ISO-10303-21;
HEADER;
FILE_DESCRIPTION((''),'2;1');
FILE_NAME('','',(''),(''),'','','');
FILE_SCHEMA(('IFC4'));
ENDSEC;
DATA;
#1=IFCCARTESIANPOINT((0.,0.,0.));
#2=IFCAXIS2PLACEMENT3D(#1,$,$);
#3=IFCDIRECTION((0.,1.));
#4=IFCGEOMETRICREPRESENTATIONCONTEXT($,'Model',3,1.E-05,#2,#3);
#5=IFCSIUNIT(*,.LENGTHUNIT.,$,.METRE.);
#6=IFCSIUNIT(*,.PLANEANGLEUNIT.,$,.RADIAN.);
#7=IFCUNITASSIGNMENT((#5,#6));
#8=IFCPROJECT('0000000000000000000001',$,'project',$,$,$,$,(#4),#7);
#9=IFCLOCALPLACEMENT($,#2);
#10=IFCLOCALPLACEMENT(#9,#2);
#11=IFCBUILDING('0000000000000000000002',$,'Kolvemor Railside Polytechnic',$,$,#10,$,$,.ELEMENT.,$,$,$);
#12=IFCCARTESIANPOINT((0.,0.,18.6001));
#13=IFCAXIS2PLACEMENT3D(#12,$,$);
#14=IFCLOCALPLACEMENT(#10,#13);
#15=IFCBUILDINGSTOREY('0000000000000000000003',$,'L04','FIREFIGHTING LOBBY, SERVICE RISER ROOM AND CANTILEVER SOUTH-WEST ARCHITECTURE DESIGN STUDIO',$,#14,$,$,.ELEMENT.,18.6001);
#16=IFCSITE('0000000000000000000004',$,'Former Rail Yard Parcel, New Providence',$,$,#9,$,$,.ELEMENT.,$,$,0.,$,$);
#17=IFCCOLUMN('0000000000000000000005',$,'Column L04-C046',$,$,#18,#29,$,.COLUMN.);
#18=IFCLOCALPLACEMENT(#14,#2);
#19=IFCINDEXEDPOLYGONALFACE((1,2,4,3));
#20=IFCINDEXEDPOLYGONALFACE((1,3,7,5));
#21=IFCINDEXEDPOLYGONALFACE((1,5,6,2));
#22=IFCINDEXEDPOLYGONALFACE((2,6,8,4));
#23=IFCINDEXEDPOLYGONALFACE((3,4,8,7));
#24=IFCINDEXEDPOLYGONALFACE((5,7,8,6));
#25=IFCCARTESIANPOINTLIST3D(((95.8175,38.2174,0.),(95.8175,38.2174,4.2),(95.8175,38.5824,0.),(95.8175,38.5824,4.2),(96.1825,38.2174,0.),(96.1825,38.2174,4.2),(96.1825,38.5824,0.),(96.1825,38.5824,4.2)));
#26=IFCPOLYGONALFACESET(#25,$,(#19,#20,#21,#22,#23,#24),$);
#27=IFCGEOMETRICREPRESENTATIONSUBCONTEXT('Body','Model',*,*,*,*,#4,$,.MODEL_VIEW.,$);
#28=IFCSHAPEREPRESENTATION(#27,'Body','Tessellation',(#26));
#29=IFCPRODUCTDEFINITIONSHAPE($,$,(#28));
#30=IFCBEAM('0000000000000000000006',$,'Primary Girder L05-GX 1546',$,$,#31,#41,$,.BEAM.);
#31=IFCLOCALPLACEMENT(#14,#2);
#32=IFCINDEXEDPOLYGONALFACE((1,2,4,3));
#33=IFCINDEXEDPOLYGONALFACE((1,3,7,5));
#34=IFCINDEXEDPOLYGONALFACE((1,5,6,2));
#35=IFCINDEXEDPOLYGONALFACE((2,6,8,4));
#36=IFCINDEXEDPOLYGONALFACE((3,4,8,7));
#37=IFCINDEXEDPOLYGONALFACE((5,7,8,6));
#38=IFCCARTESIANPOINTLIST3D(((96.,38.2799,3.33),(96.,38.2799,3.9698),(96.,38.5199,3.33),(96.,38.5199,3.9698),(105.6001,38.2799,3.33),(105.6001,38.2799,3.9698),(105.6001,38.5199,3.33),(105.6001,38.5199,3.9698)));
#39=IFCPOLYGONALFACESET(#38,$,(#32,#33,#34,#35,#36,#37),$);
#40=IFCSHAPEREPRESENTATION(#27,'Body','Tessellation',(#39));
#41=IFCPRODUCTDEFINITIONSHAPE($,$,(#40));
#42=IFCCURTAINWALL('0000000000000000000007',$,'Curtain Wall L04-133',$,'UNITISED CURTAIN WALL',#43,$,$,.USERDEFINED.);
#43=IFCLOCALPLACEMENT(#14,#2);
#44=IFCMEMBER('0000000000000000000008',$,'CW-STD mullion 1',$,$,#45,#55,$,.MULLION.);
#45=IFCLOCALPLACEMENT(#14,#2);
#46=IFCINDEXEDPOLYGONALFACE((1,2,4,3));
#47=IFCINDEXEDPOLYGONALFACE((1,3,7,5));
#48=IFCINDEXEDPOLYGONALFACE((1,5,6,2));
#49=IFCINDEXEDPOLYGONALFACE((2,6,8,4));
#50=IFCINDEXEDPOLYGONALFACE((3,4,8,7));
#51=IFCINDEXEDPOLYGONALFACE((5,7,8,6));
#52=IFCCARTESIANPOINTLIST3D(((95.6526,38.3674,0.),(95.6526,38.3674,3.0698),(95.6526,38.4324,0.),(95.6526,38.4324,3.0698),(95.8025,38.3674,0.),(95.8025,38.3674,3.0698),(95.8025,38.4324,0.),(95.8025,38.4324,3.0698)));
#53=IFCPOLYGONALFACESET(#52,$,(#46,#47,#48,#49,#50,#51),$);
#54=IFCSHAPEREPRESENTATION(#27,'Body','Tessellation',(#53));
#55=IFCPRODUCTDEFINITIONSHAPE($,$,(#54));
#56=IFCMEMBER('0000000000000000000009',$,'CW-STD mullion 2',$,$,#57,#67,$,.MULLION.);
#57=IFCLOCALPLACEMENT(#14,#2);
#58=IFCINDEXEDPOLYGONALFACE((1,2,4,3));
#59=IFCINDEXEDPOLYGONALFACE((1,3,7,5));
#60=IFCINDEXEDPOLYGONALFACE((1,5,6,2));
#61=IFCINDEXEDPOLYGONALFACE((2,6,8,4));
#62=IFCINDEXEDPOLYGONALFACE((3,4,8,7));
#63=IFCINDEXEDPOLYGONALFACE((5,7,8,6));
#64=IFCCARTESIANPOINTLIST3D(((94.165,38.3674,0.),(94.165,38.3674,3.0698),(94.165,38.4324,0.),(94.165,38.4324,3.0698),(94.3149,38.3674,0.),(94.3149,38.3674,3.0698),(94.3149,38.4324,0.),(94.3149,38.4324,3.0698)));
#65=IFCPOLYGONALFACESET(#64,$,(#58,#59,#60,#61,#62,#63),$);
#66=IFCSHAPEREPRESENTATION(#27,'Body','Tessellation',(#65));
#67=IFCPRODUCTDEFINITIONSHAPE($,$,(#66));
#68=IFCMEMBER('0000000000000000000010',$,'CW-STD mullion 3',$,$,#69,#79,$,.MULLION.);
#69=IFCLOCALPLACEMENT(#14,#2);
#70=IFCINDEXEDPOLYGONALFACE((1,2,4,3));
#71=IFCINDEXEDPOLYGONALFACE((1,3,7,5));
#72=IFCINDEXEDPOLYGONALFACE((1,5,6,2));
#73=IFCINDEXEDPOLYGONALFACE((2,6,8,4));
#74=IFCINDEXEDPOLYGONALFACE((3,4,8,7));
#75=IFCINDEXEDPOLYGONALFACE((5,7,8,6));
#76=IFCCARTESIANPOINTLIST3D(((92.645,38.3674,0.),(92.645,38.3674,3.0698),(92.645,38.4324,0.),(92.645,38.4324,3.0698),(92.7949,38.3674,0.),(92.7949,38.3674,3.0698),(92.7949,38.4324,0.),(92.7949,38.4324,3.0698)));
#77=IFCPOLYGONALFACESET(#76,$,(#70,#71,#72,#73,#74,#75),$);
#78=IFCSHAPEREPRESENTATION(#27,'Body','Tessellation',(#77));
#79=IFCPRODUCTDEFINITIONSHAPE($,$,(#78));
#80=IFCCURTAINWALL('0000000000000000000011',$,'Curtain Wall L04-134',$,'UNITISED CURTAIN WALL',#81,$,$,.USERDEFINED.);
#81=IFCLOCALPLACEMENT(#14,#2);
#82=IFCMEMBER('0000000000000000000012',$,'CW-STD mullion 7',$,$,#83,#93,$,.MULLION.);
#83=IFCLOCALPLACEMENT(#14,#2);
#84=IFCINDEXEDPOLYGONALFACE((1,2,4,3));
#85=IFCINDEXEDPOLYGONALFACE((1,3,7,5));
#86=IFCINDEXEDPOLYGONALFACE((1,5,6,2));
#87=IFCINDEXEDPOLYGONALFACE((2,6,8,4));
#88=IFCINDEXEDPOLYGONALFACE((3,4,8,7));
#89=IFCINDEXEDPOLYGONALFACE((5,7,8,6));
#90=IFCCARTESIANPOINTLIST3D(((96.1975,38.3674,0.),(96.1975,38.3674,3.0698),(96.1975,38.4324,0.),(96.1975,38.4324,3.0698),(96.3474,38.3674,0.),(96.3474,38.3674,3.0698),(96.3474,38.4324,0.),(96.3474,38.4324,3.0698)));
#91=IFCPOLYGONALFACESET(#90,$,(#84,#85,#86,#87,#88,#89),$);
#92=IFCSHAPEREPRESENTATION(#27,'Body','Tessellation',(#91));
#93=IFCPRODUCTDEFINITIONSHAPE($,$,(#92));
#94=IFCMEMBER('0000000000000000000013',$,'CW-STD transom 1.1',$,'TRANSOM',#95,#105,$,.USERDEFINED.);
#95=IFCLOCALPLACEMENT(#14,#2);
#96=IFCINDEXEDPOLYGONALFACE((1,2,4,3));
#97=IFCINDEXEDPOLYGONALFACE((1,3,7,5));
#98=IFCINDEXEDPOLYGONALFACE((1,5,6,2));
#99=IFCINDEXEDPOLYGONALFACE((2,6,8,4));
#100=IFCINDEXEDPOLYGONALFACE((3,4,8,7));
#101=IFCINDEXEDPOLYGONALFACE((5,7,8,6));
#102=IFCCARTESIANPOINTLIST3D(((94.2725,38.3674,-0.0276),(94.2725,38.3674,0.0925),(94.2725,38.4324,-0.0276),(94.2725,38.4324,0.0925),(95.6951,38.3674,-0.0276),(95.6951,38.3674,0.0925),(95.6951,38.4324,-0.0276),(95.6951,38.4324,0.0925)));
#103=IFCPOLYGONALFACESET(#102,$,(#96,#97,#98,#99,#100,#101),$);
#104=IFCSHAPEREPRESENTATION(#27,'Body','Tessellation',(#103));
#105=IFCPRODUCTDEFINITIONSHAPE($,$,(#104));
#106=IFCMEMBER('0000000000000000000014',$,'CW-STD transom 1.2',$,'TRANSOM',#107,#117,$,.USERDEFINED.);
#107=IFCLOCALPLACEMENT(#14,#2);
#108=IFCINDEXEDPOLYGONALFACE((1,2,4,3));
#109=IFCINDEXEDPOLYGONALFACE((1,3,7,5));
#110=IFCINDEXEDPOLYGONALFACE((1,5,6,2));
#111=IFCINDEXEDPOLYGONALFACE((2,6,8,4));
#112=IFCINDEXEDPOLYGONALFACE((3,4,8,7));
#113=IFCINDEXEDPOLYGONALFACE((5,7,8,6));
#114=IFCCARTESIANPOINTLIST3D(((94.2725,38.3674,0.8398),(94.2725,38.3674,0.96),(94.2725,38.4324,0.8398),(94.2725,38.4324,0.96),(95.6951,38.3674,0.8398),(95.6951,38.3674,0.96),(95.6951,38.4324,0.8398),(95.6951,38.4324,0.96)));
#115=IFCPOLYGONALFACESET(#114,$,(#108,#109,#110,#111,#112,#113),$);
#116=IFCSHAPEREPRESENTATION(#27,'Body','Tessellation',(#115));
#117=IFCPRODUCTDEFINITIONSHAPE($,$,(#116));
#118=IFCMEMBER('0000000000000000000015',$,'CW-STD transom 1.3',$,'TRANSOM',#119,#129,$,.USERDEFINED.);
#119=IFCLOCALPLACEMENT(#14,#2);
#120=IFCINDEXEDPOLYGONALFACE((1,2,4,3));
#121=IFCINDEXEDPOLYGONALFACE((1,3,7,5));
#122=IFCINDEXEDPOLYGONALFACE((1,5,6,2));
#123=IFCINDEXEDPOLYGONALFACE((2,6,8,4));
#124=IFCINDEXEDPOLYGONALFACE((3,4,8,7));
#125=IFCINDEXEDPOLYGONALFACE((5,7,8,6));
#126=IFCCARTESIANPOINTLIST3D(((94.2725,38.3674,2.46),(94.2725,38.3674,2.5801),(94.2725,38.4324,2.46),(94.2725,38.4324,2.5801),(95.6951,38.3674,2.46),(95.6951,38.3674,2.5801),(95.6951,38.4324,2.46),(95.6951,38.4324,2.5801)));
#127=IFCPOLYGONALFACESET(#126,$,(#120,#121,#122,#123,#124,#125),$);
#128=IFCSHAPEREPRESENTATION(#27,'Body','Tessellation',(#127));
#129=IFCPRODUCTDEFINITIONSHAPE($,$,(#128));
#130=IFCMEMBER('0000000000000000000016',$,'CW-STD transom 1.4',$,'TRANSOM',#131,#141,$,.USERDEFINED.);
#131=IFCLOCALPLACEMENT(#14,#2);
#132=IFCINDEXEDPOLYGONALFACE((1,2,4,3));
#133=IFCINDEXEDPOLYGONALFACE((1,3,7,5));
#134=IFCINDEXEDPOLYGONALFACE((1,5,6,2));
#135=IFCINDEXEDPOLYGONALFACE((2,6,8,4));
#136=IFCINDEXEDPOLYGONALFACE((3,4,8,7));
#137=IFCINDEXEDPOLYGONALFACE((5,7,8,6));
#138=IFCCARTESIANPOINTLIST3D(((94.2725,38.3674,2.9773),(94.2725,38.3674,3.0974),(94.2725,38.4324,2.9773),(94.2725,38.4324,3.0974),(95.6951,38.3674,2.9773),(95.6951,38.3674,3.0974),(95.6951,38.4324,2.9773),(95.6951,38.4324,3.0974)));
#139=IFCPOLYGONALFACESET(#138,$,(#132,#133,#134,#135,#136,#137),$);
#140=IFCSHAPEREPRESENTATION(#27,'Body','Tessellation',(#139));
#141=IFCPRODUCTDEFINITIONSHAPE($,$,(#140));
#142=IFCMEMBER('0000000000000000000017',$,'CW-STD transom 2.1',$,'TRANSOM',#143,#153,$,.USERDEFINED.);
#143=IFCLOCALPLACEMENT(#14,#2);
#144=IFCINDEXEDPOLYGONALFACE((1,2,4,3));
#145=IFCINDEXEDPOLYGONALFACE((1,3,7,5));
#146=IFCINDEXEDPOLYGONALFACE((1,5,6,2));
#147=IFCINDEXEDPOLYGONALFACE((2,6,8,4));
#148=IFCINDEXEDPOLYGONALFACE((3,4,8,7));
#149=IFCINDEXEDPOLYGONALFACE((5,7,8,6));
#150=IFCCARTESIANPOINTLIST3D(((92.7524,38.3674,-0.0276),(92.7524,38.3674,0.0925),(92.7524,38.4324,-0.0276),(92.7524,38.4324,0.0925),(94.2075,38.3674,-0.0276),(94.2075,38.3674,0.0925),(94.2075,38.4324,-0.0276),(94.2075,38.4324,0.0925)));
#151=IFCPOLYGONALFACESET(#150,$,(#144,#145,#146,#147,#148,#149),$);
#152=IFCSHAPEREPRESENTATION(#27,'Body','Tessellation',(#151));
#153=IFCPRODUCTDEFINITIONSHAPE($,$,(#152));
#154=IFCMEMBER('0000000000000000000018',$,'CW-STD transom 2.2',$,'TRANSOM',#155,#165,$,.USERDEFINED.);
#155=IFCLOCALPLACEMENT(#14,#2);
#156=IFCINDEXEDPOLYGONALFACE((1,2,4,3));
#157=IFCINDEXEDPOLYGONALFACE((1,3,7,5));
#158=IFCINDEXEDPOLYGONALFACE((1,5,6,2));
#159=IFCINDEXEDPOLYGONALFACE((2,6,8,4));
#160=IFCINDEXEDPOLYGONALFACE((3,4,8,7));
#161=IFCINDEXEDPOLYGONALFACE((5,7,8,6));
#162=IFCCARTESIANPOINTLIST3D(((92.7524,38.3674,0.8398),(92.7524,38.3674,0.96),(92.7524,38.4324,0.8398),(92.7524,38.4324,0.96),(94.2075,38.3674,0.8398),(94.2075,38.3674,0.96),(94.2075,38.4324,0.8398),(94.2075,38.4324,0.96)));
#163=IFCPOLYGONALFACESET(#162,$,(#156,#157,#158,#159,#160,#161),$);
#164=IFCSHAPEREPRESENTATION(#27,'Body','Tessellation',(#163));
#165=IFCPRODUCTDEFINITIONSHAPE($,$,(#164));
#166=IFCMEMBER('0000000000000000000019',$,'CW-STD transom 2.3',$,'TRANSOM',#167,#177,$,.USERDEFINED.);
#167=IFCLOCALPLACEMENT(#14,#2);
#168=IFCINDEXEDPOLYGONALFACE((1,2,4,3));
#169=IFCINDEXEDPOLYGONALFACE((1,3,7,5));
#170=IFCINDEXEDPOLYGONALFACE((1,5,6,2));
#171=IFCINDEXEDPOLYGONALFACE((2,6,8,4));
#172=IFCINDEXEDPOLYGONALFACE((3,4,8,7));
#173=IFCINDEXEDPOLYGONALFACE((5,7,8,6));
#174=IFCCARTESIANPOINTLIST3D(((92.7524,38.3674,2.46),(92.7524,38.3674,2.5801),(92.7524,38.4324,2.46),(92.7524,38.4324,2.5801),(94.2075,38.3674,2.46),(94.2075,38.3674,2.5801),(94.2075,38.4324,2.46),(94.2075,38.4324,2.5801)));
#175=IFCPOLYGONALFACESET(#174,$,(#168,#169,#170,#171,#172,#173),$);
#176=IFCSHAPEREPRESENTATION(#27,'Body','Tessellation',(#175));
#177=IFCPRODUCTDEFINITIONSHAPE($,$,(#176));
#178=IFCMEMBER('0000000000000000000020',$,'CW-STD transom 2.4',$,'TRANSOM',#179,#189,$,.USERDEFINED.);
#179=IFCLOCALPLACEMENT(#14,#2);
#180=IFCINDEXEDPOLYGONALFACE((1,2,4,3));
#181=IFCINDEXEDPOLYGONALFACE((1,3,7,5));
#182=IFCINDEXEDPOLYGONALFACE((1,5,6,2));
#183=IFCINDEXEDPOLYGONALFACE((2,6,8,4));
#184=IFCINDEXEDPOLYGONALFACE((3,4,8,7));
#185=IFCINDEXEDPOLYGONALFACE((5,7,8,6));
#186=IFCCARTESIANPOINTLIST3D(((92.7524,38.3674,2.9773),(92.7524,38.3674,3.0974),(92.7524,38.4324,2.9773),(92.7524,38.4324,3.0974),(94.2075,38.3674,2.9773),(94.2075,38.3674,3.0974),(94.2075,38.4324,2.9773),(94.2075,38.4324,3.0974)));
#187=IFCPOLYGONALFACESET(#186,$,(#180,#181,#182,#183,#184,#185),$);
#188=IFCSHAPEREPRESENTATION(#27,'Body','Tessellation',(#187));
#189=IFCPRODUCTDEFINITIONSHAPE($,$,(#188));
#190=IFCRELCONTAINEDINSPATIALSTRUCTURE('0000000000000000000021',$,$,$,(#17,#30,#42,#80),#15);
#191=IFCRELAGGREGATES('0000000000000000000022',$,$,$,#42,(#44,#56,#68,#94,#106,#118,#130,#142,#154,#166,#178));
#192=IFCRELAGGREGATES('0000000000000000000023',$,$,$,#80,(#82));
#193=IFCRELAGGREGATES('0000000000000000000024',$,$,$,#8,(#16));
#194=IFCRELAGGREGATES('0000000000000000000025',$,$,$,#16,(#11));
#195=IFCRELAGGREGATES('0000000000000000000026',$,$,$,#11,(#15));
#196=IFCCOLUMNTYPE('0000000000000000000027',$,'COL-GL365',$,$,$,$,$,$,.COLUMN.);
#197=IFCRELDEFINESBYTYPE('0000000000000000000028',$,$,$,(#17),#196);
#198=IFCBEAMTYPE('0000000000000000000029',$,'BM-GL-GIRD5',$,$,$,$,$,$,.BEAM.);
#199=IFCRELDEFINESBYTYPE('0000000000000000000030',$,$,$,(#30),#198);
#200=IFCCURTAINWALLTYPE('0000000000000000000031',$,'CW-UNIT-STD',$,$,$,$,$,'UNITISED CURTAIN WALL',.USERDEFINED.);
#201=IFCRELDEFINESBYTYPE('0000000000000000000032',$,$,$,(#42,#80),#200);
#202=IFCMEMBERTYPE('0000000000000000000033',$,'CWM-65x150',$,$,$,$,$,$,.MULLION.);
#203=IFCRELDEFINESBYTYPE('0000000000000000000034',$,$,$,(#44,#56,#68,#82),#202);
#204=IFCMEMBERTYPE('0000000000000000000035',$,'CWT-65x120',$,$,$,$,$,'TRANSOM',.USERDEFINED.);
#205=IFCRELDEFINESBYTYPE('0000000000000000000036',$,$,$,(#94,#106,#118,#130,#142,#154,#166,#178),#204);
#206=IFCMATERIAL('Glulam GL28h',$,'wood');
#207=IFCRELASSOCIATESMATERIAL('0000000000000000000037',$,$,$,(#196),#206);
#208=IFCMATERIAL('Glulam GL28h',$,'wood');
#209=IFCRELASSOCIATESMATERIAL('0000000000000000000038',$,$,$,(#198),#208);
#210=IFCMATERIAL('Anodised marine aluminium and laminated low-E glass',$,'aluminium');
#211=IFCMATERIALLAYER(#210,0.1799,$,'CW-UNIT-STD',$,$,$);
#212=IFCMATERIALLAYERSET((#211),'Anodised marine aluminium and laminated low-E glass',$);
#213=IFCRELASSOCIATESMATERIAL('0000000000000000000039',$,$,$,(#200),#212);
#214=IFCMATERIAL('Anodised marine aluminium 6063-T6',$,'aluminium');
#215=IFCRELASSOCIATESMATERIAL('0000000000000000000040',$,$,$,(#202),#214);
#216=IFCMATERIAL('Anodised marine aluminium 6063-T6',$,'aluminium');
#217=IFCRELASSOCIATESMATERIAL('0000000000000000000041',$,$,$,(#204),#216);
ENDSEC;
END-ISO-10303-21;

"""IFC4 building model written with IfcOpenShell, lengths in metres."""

from ifc_helpers import new_model, si_unit, direction, frame, origin, origin_2d, place, context, subcontext, project, spatial, rectangle, extrude, material, layer, layer_set, material_profile, profile_set, type_object, element, aggregate, save


model = new_model("IFC4")

# Units and contexts
model_context = context("Model", 3, precision=1e-05, world=origin(), true_north=direction((0.0, 1.0)))
body_context = subcontext(model_context, "Body", "Model", "MODEL_VIEW")
ifc_project = project(units=[si_unit("LENGTHUNIT", "METRE"), si_unit("PLANEANGLEUNIT", "RADIAN")], contexts=[model_context])

# Site, building, storey
site_placement = place(None, origin())
site = spatial("IfcSite", under=ifc_project, at=site_placement, Name="Former Rail Yard Parcel, New Providence", CompositionType="ELEMENT", RefElevation=0.0)
building_placement = place(site_placement, origin())
building = spatial("IfcBuilding", under=site, at=building_placement, Name="Kolvemor Railside Polytechnic", CompositionType="ELEMENT")
storey_placement = place(building_placement, frame((0.0, 0.0, 18.6001)))
storey = spatial("IfcBuildingStorey", under=building, at=storey_placement, Name="L04", Description="FIREFIGHTING LOBBY, SERVICE RISER ROOM AND CANTILEVER SOUTH-WEST ARCHITECTURE DESIGN STUDIO", CompositionType="ELEMENT", Elevation=18.6001)

# Column
ifc_material_1 = material(Name="Glulam GL28h", Category="wood")
ifc_material_profile_1 = material_profile(ifc_material_1, rectangle(XDim=0.365, YDim=0.365, at=origin_2d()), Name="GL365x365")
ifc_profile_set_1 = profile_set([ifc_material_profile_1], Name="Glulam GL28h")
column_type = type_object("IfcColumnType", Name="COL-GL365", PredefinedType="COLUMN", material=ifc_profile_set_1)
column_placement = place(storey_placement, frame((96.0, 38.3999, 0.0), z_axis=(0.0, 0.0, 1.0), x_axis=(1.0, 0.0, 0.0)))
element("IfcColumn", 1, at=column_placement, inside=storey, type_object=column_type, Name="Column L04-C046", PredefinedType="COLUMN", context=body_context, shape_type="SweptSolid", body=[
    extrude(rectangle(XDim=0.365, YDim=0.365, at=origin_2d()), origin(), (0.0, 0.0, 1.0), 4.2),
])

# Beam
ifc_material_2 = material(Name="Glulam GL28h", Category="wood")
ifc_material_profile_2 = material_profile(ifc_material_2, rectangle(XDim=0.24, YDim=0.6399, at=origin_2d()), Name="GL240x640")
ifc_profile_set_2 = profile_set([ifc_material_profile_2], Name="Glulam GL28h")
beam_type = type_object("IfcBeamType", Name="BM-GL-GIRD5", PredefinedType="BEAM", material=ifc_profile_set_2)
beam_placement = place(storey_placement, frame((96.0, 38.3999, 3.6499), z_axis=(1.0, 0.0, 0.0), x_axis=(0.0, 1.0, 0.0)))
element("IfcBeam", 2, at=beam_placement, inside=storey, type_object=beam_type, Name="Primary Girder L05-GX 1546", PredefinedType="BEAM", context=body_context, shape_type="SweptSolid", body=[
    extrude(rectangle(XDim=0.24, YDim=0.6399, at=origin_2d()), origin(), (0.0, 0.0, 1.0), 9.6001),
])

# Curtain wall, members
ifc_material_3 = material(Name="Anodised marine aluminium and laminated low-E glass", Category="aluminium")
ifc_layer_1 = layer(ifc_material_3, 0.1799, Name="CW-UNIT-STD")
ifc_layer_set_1 = layer_set([ifc_layer_1], Name="Anodised marine aluminium and laminated low-E glass")
curtain_wall_type = type_object("IfcCurtainWallType", Name="CW-UNIT-STD", ElementType="UNITISED CURTAIN WALL", PredefinedType="USERDEFINED", material=ifc_layer_set_1)
curtain_wall_1_placement = place(storey_placement, origin())
curtain_wall_1 = element("IfcCurtainWall", 3, at=curtain_wall_1_placement, inside=storey, type_object=curtain_wall_type, Name="Curtain Wall L04-133", ObjectType="UNITISED CURTAIN WALL", PredefinedType="USERDEFINED")
ifc_material_4 = material(Name="Anodised marine aluminium 6063-T6", Category="aluminium")
ifc_material_profile_3 = material_profile(ifc_material_4, rectangle(XDim=0.0649, YDim=0.1499, at=origin_2d()), Name="CW-MUL-65x150")
ifc_profile_set_3 = profile_set([ifc_material_profile_3], Name="Anodised marine aluminium 6063-T6")
member_type_1 = type_object("IfcMemberType", Name="CWM-65x150", PredefinedType="MULLION", material=ifc_profile_set_3)
member_1_placement = place(storey_placement, frame((95.7275, 38.3999, 0.0), z_axis=(0.0, 0.0, 1.0), x_axis=(0.0, -1.0, 0.0)))
member_1 = element("IfcMember", 4, at=member_1_placement, type_object=member_type_1, Name="CW-STD mullion 1", PredefinedType="MULLION", context=body_context, shape_type="SweptSolid", body=[
    extrude(rectangle(XDim=0.0649, YDim=0.1499, at=origin_2d()), origin(), (0.0, 0.0, 1.0), 3.0698),
])
member_2_placement = place(storey_placement, frame((94.24, 38.3999, 0.0), z_axis=(0.0, 0.0, 1.0), x_axis=(0.0, -1.0, 0.0)))
member_2 = element("IfcMember", 5, at=member_2_placement, type_object=member_type_1, Name="CW-STD mullion 2", PredefinedType="MULLION", context=body_context, shape_type="SweptSolid", body=[
    extrude(rectangle(XDim=0.0649, YDim=0.1499, at=origin_2d()), origin(), (0.0, 0.0, 1.0), 3.0698),
])
member_3_placement = place(storey_placement, frame((92.72, 38.3999, 0.0), z_axis=(0.0, 0.0, 1.0), x_axis=(0.0, -1.0, 0.0)))
member_3 = element("IfcMember", 6, at=member_3_placement, type_object=member_type_1, Name="CW-STD mullion 3", PredefinedType="MULLION", context=body_context, shape_type="SweptSolid", body=[
    extrude(rectangle(XDim=0.0649, YDim=0.1499, at=origin_2d()), origin(), (0.0, 0.0, 1.0), 3.0698),
])

# Curtain wall, member
curtain_wall_2_placement = place(storey_placement, origin())
curtain_wall_2 = element("IfcCurtainWall", 7, at=curtain_wall_2_placement, inside=storey, type_object=curtain_wall_type, Name="Curtain Wall L04-134", ObjectType="UNITISED CURTAIN WALL", PredefinedType="USERDEFINED")
member_4_placement = place(storey_placement, frame((96.2725, 38.3999, 0.0), z_axis=(0.0, 0.0, 1.0), x_axis=(0.0, -1.0, 0.0)))
member_4 = element("IfcMember", 8, at=member_4_placement, type_object=member_type_1, Name="CW-STD mullion 7", PredefinedType="MULLION", context=body_context, shape_type="SweptSolid", body=[
    extrude(rectangle(XDim=0.0649, YDim=0.1499, at=origin_2d()), origin(), (0.0, 0.0, 1.0), 3.0698),
])

# Members
ifc_material_5 = material(Name="Anodised marine aluminium 6063-T6", Category="aluminium")
ifc_material_profile_4 = material_profile(ifc_material_5, rectangle(XDim=0.0649, YDim=0.1201, at=origin_2d()), Name="CW-TRN-65x120")
ifc_profile_set_4 = profile_set([ifc_material_profile_4], Name="Anodised marine aluminium 6063-T6")
member_type_2 = type_object("IfcMemberType", Name="CWT-65x120", ElementType="TRANSOM", PredefinedType="USERDEFINED", material=ifc_profile_set_4)
member_5_placement = place(storey_placement, frame((95.6951, 38.3999, 0.0325), z_axis=(-1.0, 0.0, 0.0), x_axis=(0.0, -1.0, 0.0)))
member_5 = element("IfcMember", 9, at=member_5_placement, type_object=member_type_2, Name="CW-STD transom 1.1", ObjectType="TRANSOM", PredefinedType="USERDEFINED", context=body_context, shape_type="SweptSolid", body=[
    extrude(rectangle(XDim=0.0649, YDim=0.1201, at=origin_2d()), origin(), (0.0, 0.0, 1.0), 1.4226),
])
member_6_placement = place(storey_placement, frame((95.6951, 38.3999, 0.8999), z_axis=(-1.0, 0.0, 0.0), x_axis=(0.0, -1.0, 0.0)))
member_6 = element("IfcMember", 10, at=member_6_placement, type_object=member_type_2, Name="CW-STD transom 1.2", ObjectType="TRANSOM", PredefinedType="USERDEFINED", context=body_context, shape_type="SweptSolid", body=[
    extrude(rectangle(XDim=0.0649, YDim=0.1201, at=origin_2d()), origin(), (0.0, 0.0, 1.0), 1.4226),
])
member_7_placement = place(storey_placement, frame((95.6951, 38.3999, 2.52), z_axis=(-1.0, 0.0, 0.0), x_axis=(0.0, -1.0, 0.0)))
member_7 = element("IfcMember", 11, at=member_7_placement, type_object=member_type_2, Name="CW-STD transom 1.3", ObjectType="TRANSOM", PredefinedType="USERDEFINED", context=body_context, shape_type="SweptSolid", body=[
    extrude(rectangle(XDim=0.0649, YDim=0.1201, at=origin_2d()), origin(), (0.0, 0.0, 1.0), 1.4226),
])
member_8_placement = place(storey_placement, frame((95.6951, 38.3999, 3.0374), z_axis=(-1.0, 0.0, 0.0), x_axis=(0.0, -1.0, 0.0)))
member_8 = element("IfcMember", 12, at=member_8_placement, type_object=member_type_2, Name="CW-STD transom 1.4", ObjectType="TRANSOM", PredefinedType="USERDEFINED", context=body_context, shape_type="SweptSolid", body=[
    extrude(rectangle(XDim=0.0649, YDim=0.1201, at=origin_2d()), origin(), (0.0, 0.0, 1.0), 1.4226),
])
member_9_placement = place(storey_placement, frame((94.2075, 38.3999, 0.0325), z_axis=(-1.0, 0.0, 0.0), x_axis=(0.0, -1.0, 0.0)))
member_9 = element("IfcMember", 13, at=member_9_placement, type_object=member_type_2, Name="CW-STD transom 2.1", ObjectType="TRANSOM", PredefinedType="USERDEFINED", context=body_context, shape_type="SweptSolid", body=[
    extrude(rectangle(XDim=0.0649, YDim=0.1201, at=origin_2d()), origin(), (0.0, 0.0, 1.0), 1.4551),
])
member_10_placement = place(storey_placement, frame((94.2075, 38.3999, 0.8999), z_axis=(-1.0, 0.0, 0.0), x_axis=(0.0, -1.0, 0.0)))
member_10 = element("IfcMember", 14, at=member_10_placement, type_object=member_type_2, Name="CW-STD transom 2.2", ObjectType="TRANSOM", PredefinedType="USERDEFINED", context=body_context, shape_type="SweptSolid", body=[
    extrude(rectangle(XDim=0.0649, YDim=0.1201, at=origin_2d()), origin(), (0.0, 0.0, 1.0), 1.4551),
])
member_11_placement = place(storey_placement, frame((94.2075, 38.3999, 2.52), z_axis=(-1.0, 0.0, 0.0), x_axis=(0.0, -1.0, 0.0)))
member_11 = element("IfcMember", 15, at=member_11_placement, type_object=member_type_2, Name="CW-STD transom 2.3", ObjectType="TRANSOM", PredefinedType="USERDEFINED", context=body_context, shape_type="SweptSolid", body=[
    extrude(rectangle(XDim=0.0649, YDim=0.1201, at=origin_2d()), origin(), (0.0, 0.0, 1.0), 1.4551),
])
member_12_placement = place(storey_placement, frame((94.2075, 38.3999, 3.0374), z_axis=(-1.0, 0.0, 0.0), x_axis=(0.0, -1.0, 0.0)))
member_12 = element("IfcMember", 16, at=member_12_placement, type_object=member_type_2, Name="CW-STD transom 2.4", ObjectType="TRANSOM", PredefinedType="USERDEFINED", context=body_context, shape_type="SweptSolid", body=[
    extrude(rectangle(XDim=0.0649, YDim=0.1201, at=origin_2d()), origin(), (0.0, 0.0, 1.0), 1.4551),
])

aggregate(curtain_wall_1, [member_1, member_2, member_3, member_5, member_6, member_7, member_8, member_9, member_10, member_11, member_12])
aggregate(curtain_wall_2, [member_4])

save(model, "model.ifc")
